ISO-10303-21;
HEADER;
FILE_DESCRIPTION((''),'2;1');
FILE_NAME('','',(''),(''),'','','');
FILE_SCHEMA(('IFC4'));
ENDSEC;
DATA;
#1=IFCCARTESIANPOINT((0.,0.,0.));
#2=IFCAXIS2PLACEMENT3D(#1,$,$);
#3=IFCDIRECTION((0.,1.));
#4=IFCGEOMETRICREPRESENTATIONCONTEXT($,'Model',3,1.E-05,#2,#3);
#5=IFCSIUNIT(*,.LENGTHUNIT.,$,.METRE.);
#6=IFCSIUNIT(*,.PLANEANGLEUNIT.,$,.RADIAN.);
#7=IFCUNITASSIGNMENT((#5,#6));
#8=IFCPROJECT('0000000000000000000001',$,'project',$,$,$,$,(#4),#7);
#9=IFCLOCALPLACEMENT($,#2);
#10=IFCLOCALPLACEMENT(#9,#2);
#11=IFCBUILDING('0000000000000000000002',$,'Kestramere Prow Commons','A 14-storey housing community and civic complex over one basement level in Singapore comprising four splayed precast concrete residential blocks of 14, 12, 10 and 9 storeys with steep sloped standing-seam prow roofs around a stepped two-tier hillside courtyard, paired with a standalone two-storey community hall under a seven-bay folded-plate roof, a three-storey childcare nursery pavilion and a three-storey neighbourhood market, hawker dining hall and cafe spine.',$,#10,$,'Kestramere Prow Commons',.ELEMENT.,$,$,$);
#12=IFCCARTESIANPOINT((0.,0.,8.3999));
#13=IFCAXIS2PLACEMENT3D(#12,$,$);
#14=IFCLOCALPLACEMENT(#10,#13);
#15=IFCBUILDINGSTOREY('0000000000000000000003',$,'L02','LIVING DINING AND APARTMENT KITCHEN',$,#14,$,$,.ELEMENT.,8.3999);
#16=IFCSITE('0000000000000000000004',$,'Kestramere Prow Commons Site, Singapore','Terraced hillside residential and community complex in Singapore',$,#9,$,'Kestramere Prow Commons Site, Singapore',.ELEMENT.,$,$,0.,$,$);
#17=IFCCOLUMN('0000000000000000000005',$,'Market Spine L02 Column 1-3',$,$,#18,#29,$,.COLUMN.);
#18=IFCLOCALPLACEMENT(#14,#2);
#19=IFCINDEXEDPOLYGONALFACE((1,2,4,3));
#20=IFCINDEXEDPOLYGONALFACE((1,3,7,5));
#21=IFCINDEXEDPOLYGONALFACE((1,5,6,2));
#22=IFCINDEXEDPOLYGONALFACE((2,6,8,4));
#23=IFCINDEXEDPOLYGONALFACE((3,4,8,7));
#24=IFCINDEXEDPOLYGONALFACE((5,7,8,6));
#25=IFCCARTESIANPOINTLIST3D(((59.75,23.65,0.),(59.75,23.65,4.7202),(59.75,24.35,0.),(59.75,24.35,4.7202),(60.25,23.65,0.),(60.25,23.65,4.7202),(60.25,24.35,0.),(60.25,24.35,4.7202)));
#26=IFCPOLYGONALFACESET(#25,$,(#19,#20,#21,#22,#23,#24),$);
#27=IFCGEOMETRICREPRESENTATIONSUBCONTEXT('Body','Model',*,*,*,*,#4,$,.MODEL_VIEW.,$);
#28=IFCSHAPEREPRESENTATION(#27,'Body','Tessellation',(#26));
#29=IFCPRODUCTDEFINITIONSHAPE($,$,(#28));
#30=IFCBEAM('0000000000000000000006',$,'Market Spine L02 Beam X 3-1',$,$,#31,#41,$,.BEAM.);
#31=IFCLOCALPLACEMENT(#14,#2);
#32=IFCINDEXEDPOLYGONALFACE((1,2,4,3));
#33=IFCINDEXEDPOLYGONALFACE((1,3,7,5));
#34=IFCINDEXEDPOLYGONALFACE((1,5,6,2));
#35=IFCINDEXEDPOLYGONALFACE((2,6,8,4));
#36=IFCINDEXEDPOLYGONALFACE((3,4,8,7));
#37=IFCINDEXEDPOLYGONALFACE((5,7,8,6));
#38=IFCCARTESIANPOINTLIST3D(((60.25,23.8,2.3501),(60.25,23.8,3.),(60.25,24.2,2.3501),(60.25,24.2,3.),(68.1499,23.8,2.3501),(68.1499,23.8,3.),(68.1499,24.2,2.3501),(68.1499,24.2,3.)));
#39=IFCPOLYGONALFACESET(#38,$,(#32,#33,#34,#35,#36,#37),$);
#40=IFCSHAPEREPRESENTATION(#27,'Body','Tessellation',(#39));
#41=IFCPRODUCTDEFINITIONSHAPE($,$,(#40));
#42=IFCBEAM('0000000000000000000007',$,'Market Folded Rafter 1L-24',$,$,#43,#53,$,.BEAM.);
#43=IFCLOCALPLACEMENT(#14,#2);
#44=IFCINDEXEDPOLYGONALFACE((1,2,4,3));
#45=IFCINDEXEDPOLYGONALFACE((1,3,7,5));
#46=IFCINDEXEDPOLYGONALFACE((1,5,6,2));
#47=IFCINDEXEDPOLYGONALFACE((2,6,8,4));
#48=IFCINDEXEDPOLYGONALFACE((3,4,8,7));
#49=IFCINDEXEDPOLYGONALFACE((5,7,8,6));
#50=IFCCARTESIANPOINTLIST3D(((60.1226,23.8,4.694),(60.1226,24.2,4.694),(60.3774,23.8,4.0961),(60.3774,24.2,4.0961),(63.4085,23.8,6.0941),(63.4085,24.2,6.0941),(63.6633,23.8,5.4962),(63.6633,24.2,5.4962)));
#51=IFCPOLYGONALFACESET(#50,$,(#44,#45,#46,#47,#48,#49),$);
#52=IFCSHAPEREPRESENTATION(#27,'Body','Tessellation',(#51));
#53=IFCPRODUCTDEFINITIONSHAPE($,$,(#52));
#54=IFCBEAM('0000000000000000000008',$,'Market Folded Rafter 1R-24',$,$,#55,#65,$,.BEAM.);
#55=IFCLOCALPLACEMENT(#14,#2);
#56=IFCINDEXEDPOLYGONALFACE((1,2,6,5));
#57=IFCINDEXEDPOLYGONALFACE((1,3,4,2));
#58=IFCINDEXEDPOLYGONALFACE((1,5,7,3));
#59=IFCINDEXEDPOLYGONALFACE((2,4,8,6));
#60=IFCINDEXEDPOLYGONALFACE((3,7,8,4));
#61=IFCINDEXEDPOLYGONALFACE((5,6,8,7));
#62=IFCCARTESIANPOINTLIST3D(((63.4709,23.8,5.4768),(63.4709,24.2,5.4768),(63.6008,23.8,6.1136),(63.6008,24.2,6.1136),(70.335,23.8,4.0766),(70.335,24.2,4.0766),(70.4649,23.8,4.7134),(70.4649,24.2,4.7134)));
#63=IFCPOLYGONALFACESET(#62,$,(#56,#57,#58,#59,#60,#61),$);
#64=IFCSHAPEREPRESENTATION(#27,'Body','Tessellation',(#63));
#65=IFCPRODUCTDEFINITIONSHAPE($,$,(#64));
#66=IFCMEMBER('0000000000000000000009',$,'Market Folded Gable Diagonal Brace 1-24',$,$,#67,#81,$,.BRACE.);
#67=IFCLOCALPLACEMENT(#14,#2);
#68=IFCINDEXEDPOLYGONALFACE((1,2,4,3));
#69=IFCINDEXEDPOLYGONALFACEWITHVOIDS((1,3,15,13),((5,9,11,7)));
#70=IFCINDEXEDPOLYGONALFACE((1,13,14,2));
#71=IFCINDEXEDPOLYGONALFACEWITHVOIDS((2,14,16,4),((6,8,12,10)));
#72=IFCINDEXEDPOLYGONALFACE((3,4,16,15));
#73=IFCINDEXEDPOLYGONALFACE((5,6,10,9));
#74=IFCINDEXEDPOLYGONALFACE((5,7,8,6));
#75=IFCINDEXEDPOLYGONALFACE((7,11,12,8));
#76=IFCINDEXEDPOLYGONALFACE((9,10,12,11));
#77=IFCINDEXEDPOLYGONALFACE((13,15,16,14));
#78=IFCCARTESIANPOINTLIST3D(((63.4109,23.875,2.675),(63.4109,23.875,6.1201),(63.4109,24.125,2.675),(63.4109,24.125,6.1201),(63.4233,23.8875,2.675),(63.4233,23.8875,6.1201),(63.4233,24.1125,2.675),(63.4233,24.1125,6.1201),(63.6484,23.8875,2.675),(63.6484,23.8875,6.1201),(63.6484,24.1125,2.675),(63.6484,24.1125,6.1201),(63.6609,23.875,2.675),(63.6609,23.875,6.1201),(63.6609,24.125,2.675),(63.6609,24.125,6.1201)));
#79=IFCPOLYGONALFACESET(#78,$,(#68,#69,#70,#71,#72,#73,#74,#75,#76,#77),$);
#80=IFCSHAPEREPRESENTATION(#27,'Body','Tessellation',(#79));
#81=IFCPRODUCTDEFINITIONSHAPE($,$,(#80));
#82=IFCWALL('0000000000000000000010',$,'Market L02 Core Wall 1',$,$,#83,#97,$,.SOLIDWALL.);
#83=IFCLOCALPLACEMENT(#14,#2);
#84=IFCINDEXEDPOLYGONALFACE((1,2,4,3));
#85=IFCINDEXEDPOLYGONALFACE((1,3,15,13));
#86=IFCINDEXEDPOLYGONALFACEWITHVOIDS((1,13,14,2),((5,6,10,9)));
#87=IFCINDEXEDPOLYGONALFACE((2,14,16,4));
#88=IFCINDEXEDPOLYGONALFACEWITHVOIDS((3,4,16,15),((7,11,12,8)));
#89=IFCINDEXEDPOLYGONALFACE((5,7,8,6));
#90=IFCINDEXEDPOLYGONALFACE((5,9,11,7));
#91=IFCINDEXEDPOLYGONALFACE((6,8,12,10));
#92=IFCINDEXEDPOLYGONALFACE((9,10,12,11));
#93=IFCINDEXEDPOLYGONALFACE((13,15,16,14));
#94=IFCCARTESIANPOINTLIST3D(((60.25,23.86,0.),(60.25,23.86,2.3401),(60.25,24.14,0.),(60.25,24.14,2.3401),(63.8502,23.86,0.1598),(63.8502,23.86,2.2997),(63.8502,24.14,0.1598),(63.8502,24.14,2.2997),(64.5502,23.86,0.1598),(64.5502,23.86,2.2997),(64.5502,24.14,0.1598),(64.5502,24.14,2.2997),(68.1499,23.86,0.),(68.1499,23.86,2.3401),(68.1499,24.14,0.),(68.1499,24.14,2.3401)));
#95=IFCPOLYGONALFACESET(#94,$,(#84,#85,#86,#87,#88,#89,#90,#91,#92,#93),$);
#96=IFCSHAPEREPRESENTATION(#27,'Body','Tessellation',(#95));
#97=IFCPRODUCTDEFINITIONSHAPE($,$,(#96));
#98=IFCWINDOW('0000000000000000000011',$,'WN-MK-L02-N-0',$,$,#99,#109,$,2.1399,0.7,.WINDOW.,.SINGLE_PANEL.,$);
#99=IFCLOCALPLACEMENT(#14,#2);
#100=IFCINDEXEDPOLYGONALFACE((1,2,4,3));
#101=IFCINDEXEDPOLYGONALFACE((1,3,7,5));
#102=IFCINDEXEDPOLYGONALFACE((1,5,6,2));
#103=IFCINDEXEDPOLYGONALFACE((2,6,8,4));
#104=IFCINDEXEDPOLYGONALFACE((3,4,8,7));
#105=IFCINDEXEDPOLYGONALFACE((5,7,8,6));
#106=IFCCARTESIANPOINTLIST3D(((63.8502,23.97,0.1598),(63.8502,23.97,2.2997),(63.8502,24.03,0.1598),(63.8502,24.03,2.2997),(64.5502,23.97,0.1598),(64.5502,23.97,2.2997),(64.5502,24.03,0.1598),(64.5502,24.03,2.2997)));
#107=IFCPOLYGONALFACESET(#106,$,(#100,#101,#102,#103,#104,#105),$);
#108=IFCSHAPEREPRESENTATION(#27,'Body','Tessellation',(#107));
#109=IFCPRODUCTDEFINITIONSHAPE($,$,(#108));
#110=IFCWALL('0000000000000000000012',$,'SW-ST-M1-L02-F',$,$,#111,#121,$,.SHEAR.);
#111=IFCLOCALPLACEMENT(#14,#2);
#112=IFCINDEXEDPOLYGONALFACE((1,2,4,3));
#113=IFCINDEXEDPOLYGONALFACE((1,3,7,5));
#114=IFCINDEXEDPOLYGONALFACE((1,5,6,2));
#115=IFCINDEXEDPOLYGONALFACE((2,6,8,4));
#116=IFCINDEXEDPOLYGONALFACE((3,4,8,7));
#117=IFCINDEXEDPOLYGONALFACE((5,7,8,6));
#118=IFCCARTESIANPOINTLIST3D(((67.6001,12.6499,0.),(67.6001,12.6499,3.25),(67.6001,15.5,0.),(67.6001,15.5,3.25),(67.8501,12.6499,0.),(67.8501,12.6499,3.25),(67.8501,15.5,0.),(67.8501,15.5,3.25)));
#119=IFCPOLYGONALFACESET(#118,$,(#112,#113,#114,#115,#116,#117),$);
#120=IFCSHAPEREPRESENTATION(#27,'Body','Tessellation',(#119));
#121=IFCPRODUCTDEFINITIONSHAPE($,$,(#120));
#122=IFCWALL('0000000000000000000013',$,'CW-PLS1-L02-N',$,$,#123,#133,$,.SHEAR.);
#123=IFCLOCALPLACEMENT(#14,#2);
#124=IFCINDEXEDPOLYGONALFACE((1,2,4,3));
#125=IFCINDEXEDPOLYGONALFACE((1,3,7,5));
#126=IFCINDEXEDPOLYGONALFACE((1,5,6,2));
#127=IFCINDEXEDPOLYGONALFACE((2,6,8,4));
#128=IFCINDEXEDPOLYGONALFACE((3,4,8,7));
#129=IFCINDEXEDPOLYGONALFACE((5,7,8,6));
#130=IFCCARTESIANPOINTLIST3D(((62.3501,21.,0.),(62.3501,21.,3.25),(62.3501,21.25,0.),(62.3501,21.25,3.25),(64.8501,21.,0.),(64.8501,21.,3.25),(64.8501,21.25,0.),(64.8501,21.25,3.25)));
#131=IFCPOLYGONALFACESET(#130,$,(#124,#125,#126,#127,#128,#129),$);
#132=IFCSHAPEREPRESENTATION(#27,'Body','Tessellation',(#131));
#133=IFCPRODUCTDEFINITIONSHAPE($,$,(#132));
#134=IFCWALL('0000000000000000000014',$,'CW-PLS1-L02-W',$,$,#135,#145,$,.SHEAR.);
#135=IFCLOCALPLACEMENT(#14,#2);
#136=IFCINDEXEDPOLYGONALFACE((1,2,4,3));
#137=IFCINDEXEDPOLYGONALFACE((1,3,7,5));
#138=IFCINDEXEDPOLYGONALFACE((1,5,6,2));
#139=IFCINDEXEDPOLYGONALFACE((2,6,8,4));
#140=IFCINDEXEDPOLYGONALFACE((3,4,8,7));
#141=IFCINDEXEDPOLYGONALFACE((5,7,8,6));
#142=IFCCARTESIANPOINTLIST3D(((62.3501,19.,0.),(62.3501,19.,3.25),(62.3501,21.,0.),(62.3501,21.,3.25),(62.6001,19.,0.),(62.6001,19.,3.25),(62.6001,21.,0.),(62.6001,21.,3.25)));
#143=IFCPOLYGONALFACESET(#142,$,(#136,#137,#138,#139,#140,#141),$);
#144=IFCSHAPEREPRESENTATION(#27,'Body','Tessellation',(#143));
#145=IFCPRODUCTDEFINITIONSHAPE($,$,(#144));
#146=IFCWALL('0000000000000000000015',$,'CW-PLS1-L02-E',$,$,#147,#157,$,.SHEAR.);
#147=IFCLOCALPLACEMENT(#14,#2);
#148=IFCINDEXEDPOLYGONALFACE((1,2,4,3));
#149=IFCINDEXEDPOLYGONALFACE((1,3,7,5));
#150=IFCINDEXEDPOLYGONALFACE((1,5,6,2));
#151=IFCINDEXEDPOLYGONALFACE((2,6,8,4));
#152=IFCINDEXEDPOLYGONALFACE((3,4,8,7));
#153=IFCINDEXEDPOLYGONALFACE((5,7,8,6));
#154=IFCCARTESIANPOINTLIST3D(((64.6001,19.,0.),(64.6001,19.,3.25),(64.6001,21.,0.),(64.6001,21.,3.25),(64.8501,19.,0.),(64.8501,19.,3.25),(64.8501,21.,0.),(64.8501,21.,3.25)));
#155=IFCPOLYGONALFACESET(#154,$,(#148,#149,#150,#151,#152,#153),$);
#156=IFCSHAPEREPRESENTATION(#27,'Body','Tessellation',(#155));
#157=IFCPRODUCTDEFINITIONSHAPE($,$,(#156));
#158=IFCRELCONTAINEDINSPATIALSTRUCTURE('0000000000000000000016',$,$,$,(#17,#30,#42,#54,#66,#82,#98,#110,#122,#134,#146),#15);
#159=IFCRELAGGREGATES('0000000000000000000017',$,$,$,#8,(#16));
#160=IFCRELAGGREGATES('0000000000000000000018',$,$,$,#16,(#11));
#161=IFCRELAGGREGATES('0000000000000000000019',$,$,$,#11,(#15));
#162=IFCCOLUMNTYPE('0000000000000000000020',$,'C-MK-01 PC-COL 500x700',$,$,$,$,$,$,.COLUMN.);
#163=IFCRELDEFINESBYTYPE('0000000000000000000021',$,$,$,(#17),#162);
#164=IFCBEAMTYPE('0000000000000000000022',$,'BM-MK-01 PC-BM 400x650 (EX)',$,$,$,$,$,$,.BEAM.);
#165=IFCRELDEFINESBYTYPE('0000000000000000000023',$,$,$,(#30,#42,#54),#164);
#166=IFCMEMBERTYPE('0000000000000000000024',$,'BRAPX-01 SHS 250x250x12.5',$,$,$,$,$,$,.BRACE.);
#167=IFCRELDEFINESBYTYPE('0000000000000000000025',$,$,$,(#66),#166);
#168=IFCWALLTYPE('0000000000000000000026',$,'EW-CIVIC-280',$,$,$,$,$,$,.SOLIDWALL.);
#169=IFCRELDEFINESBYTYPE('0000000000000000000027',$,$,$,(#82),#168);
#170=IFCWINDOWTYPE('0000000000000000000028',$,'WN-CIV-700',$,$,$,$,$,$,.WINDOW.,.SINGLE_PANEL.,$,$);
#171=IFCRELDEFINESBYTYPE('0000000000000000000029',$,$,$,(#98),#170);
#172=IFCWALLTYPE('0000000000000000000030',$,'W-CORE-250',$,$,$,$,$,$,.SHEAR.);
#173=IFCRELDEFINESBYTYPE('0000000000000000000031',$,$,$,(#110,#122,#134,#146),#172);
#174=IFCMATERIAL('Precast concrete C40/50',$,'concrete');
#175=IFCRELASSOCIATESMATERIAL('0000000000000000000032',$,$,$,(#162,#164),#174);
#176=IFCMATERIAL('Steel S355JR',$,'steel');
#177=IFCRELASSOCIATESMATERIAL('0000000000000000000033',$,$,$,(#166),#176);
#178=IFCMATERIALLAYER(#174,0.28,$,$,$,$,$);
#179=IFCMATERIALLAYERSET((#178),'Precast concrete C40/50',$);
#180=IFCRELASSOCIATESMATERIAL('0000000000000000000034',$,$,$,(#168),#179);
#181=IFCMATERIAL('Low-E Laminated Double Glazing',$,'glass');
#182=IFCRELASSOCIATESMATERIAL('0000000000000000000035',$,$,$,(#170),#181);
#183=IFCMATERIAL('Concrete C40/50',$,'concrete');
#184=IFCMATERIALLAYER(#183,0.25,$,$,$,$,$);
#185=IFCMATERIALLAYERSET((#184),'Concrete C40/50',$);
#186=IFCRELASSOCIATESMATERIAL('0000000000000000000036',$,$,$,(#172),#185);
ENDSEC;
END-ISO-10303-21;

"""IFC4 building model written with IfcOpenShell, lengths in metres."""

from ifc_helpers import new_model, si_unit, direction, frame, frame_2d, origin, origin_2d, place, context, subcontext, project, spatial, rectangle, hollow_rectangle, extrude, material, layer, layer_set, material_profile, profile_set, type_object, element, fill, save


model = new_model("IFC4")

# Units and contexts
model_context = context("Model", 3, precision=1e-05, world=origin(), true_north=direction((0.0, 1.0)))
body_context = subcontext(model_context, "Body", "Model", "MODEL_VIEW")
ifc_project = project(units=[si_unit("LENGTHUNIT", "METRE"), si_unit("PLANEANGLEUNIT", "RADIAN")], contexts=[model_context])

# Site, building, storey
site_placement = place(None, origin())
site = spatial("IfcSite", under=ifc_project, at=site_placement, Name="Kestramere Prow Commons Site, Singapore", Description="Terraced hillside residential and community complex in Singapore", LongName="Kestramere Prow Commons Site, Singapore", CompositionType="ELEMENT", RefElevation=0.0)
building_placement = place(site_placement, origin())
building = spatial("IfcBuilding", under=site, at=building_placement, Name="Kestramere Prow Commons", Description="A 14-storey housing community and civic complex over one basement level in Singapore comprising four splayed precast concrete residential blocks of 14, 12, 10 and 9 storeys with steep sloped standing-seam prow roofs around a stepped two-tier hillside courtyard, paired with a standalone two-storey community hall under a seven-bay folded-plate roof, a three-storey childcare nursery pavilion and a three-storey neighbourhood market, hawker dining hall and cafe spine.", LongName="Kestramere Prow Commons", CompositionType="ELEMENT")
storey_placement = place(building_placement, frame((0.0, 0.0, 8.3999)))
storey = spatial("IfcBuildingStorey", under=building, at=storey_placement, Name="L02", Description="LIVING DINING AND APARTMENT KITCHEN", CompositionType="ELEMENT", Elevation=8.3999)

# Column
ifc_material_1 = material(Name="Precast concrete C40/50", Category="concrete")
ifc_material_profile_1 = material_profile(ifc_material_1, rectangle(XDim=0.5, YDim=0.7, at=origin_2d()), Name="PC-COL 500x700")
ifc_profile_set_1 = profile_set([ifc_material_profile_1], Name="Precast concrete C40/50")
column_type = type_object("IfcColumnType", Name="C-MK-01 PC-COL 500x700", PredefinedType="COLUMN", material=ifc_profile_set_1)
column_placement = place(storey_placement, frame((60.0, 24.0, 0.0), z_axis=(0.0, 0.0, 1.0), x_axis=(1.0, 0.0, 0.0)))
element("IfcColumn", 1, at=column_placement, inside=storey, type_object=column_type, Name="Market Spine L02 Column 1-3", PredefinedType="COLUMN", context=body_context, shape_type="SweptSolid", body=[
    extrude(rectangle(XDim=0.5, YDim=0.7, at=origin_2d()), origin(), (0.0, 0.0, 1.0), 4.7202),
])

# Beams
ifc_material_profile_2 = material_profile(ifc_material_1, rectangle(XDim=0.3999, YDim=0.6499, at=origin_2d()), Name="PC-BM 400x650")
ifc_profile_set_2 = profile_set([ifc_material_profile_2], Name="Precast concrete C40/50")
beam_type = type_object("IfcBeamType", Name="BM-MK-01 PC-BM 400x650 (EX)", PredefinedType="BEAM", material=ifc_profile_set_2)
beam_1_placement = place(storey_placement, frame((60.25, 24.0, 2.675), z_axis=(1.0, 0.0, 0.0), x_axis=(0.0, 1.0, 0.0)))
element("IfcBeam", 2, at=beam_1_placement, inside=storey, type_object=beam_type, Name="Market Spine L02 Beam X 3-1", PredefinedType="BEAM", context=body_context, shape_type="SweptSolid", body=[
    extrude(rectangle(XDim=0.3999, YDim=0.6499, at=origin_2d()), origin(), (0.0, 0.0, 1.0), 7.8999),
])
beam_2_placement = place(storey_placement, frame((60.25, 24.0, 4.395), z_axis=(0.919963, 0.0, 0.392005), x_axis=(0.0, 1.0, 0.0)))
element("IfcBeam", 3, at=beam_2_placement, inside=storey, type_object=beam_type, Name="Market Folded Rafter 1L-24", PredefinedType="BEAM", context=body_context, shape_type="SweptSolid", body=[
    extrude(rectangle(XDim=0.3999, YDim=0.6499, at=origin_2d()), origin(), (0.0, 0.0, 1.0), 3.5718),
])
beam_3_placement = place(storey_placement, frame((63.5359, 24.0, 5.7952), z_axis=(0.979823, 0.0, -0.199868), x_axis=(0.0, 1.0, 0.0)))
element("IfcBeam", 4, at=beam_3_placement, inside=storey, type_object=beam_type, Name="Market Folded Rafter 1R-24", PredefinedType="BEAM", context=body_context, shape_type="SweptSolid", body=[
    extrude(rectangle(XDim=0.3999, YDim=0.6499, at=origin_2d()), origin(), (0.0, 0.0, 1.0), 7.0054),
])

# Member
ifc_material_2 = material(Name="Steel S355JR", Category="steel")
ifc_material_profile_3 = material_profile(ifc_material_2, hollow_rectangle(XDim=0.25, YDim=0.25, WallThickness=0.0125, at=origin_2d()), Name="SHS 250x250x12.5")
ifc_profile_set_3 = profile_set([ifc_material_profile_3], Name="Steel S355JR")
member_type = type_object("IfcMemberType", Name="BRAPX-01 SHS 250x250x12.5", PredefinedType="BRACE", material=ifc_profile_set_3)
member_placement = place(storey_placement, frame((63.5359, 24.0, 2.675), z_axis=(0.0, 0.0, 1.0), x_axis=(1.0, 0.0, 0.0)))
element("IfcMember", 5, at=member_placement, inside=storey, type_object=member_type, Name="Market Folded Gable Diagonal Brace 1-24", PredefinedType="BRACE", context=body_context, shape_type="SweptSolid", body=[
    extrude(hollow_rectangle(XDim=0.25, YDim=0.25, WallThickness=0.0125, at=origin_2d()), origin(), (0.0, 0.0, 1.0), 3.4451),
])

# Wall, opening, window
ifc_layer_1 = layer(ifc_material_1, 0.28)
ifc_layer_set_1 = layer_set([ifc_layer_1], Name="Precast concrete C40/50")
wall_type_1 = type_object("IfcWallType", Name="EW-CIVIC-280", PredefinedType="SOLIDWALL", material=ifc_layer_set_1)
wall_1_placement = place(storey_placement, frame((60.25, 24.0, 0.0), z_axis=(0.0, 0.0, 1.0), x_axis=(1.0, 0.0, 0.0)))
wall_1 = element("IfcWall", 6, at=wall_1_placement, inside=storey, type_object=wall_type_1, Name="Market L02 Core Wall 1", PredefinedType="SOLIDWALL", context=body_context, shape_type="SweptSolid", body=[
    extrude(rectangle(XDim=7.8999, YDim=0.28, at=frame_2d((3.95, 0.0))), origin(), (0.0, 0.0, 1.0), 2.3401),
])
opening_1_placement = place(wall_1_placement, frame((3.6001, 0.0, 0.1599)))
opening_1 = element("IfcOpeningElement", 7, at=opening_1_placement, cuts=wall_1, PredefinedType="OPENING", context=body_context, shape_type="SweptSolid", body=[
    extrude(rectangle(XDim=0.7, YDim=2.1399, at=frame_2d((0.3501, 1.0698))), frame((0.0, 0.155, 0.0), z_axis=(0.0, -1.0, 0.0), x_axis=(1.0, 0.0, 0.0)), (0.0, 0.0, 1.0), 0.3101),
])
ifc_material_3 = material(Name="Low-E Laminated Double Glazing", Category="glass")
window_type_1 = type_object("IfcWindowType", Name="WN-CIV-700", PartitioningType="SINGLE_PANEL", PredefinedType="WINDOW", material=ifc_material_3)
window_1_placement = place(opening_1_placement, origin())
window_1 = element("IfcWindow", 8, at=window_1_placement, inside=storey, type_object=window_type_1, Name="WN-MK-L02-N-0", OverallHeight=2.1399, OverallWidth=0.7, PartitioningType="SINGLE_PANEL", PredefinedType="WINDOW", context=body_context, shape_type="SweptSolid", body=[
    extrude(rectangle(XDim=0.7, YDim=2.1399, at=frame_2d((0.3501, 1.0698))), frame((0.0, 0.03, 0.0), z_axis=(0.0, -1.0, 0.0), x_axis=(1.0, 0.0, 0.0)), (0.0, 0.0, 1.0), 0.0601),
])
fill(opening_1, window_1)

# Shared definitions
ifc_material_4 = material(Name="Concrete C40/50", Category="concrete")
ifc_layer_2 = layer(ifc_material_4, 0.25)
ifc_layer_set_2 = layer_set([ifc_layer_2], Name="Concrete C40/50")
wall_type_2 = type_object("IfcWallType", Name="W-CORE-250", PredefinedType="SHEAR", material=ifc_layer_set_2)

# Walls
wall_2_placement = place(storey_placement, frame((67.7251, 12.6499, 0.0), z_axis=(0.0, 0.0, 1.0), x_axis=(0.0, 1.0, 0.0)))
element("IfcWall", 9, at=wall_2_placement, inside=storey, type_object=wall_type_2, Name="SW-ST-M1-L02-F", PredefinedType="SHEAR", context=body_context, shape_type="SweptSolid", body=[
    extrude(rectangle(XDim=2.8501, YDim=0.25, at=frame_2d((1.425, 0.0))), origin(), (0.0, 0.0, 1.0), 3.25),
])
wall_3_placement = place(storey_placement, frame((62.3501, 21.125, 0.0), z_axis=(0.0, 0.0, 1.0), x_axis=(1.0, 0.0, 0.0)))
element("IfcWall", 10, at=wall_3_placement, inside=storey, type_object=wall_type_2, Name="CW-PLS1-L02-N", PredefinedType="SHEAR", context=body_context, shape_type="SweptSolid", body=[
    extrude(rectangle(XDim=2.5, YDim=0.25, at=frame_2d((1.25, 0.0))), origin(), (0.0, 0.0, 1.0), 3.25),
])

# Walls
for number, where, z_axis, x_axis, name in (
    (11, (62.4751, 19.0, 0.0), (0.0, 0.0, 1.0), (0.0, 1.0, 0.0), "CW-PLS1-L02-W"),
    (12, (64.7251, 19.0, 0.0), (0.0, 0.0, 1.0), (0.0, 1.0, 0.0), "CW-PLS1-L02-E"),
):
    element("IfcWall", number, at=place(storey_placement, frame(where, z_axis=z_axis, x_axis=x_axis)), inside=storey, type_object=wall_type_2, Name=name, PredefinedType="SHEAR", context=body_context, shape_type="SweptSolid", body=[
        extrude(rectangle(XDim=2.0, YDim=0.25, at=frame_2d((1.0, 0.0))), origin(), (0.0, 0.0, 1.0), 3.25),
    ])

save(model, "model.ifc")
